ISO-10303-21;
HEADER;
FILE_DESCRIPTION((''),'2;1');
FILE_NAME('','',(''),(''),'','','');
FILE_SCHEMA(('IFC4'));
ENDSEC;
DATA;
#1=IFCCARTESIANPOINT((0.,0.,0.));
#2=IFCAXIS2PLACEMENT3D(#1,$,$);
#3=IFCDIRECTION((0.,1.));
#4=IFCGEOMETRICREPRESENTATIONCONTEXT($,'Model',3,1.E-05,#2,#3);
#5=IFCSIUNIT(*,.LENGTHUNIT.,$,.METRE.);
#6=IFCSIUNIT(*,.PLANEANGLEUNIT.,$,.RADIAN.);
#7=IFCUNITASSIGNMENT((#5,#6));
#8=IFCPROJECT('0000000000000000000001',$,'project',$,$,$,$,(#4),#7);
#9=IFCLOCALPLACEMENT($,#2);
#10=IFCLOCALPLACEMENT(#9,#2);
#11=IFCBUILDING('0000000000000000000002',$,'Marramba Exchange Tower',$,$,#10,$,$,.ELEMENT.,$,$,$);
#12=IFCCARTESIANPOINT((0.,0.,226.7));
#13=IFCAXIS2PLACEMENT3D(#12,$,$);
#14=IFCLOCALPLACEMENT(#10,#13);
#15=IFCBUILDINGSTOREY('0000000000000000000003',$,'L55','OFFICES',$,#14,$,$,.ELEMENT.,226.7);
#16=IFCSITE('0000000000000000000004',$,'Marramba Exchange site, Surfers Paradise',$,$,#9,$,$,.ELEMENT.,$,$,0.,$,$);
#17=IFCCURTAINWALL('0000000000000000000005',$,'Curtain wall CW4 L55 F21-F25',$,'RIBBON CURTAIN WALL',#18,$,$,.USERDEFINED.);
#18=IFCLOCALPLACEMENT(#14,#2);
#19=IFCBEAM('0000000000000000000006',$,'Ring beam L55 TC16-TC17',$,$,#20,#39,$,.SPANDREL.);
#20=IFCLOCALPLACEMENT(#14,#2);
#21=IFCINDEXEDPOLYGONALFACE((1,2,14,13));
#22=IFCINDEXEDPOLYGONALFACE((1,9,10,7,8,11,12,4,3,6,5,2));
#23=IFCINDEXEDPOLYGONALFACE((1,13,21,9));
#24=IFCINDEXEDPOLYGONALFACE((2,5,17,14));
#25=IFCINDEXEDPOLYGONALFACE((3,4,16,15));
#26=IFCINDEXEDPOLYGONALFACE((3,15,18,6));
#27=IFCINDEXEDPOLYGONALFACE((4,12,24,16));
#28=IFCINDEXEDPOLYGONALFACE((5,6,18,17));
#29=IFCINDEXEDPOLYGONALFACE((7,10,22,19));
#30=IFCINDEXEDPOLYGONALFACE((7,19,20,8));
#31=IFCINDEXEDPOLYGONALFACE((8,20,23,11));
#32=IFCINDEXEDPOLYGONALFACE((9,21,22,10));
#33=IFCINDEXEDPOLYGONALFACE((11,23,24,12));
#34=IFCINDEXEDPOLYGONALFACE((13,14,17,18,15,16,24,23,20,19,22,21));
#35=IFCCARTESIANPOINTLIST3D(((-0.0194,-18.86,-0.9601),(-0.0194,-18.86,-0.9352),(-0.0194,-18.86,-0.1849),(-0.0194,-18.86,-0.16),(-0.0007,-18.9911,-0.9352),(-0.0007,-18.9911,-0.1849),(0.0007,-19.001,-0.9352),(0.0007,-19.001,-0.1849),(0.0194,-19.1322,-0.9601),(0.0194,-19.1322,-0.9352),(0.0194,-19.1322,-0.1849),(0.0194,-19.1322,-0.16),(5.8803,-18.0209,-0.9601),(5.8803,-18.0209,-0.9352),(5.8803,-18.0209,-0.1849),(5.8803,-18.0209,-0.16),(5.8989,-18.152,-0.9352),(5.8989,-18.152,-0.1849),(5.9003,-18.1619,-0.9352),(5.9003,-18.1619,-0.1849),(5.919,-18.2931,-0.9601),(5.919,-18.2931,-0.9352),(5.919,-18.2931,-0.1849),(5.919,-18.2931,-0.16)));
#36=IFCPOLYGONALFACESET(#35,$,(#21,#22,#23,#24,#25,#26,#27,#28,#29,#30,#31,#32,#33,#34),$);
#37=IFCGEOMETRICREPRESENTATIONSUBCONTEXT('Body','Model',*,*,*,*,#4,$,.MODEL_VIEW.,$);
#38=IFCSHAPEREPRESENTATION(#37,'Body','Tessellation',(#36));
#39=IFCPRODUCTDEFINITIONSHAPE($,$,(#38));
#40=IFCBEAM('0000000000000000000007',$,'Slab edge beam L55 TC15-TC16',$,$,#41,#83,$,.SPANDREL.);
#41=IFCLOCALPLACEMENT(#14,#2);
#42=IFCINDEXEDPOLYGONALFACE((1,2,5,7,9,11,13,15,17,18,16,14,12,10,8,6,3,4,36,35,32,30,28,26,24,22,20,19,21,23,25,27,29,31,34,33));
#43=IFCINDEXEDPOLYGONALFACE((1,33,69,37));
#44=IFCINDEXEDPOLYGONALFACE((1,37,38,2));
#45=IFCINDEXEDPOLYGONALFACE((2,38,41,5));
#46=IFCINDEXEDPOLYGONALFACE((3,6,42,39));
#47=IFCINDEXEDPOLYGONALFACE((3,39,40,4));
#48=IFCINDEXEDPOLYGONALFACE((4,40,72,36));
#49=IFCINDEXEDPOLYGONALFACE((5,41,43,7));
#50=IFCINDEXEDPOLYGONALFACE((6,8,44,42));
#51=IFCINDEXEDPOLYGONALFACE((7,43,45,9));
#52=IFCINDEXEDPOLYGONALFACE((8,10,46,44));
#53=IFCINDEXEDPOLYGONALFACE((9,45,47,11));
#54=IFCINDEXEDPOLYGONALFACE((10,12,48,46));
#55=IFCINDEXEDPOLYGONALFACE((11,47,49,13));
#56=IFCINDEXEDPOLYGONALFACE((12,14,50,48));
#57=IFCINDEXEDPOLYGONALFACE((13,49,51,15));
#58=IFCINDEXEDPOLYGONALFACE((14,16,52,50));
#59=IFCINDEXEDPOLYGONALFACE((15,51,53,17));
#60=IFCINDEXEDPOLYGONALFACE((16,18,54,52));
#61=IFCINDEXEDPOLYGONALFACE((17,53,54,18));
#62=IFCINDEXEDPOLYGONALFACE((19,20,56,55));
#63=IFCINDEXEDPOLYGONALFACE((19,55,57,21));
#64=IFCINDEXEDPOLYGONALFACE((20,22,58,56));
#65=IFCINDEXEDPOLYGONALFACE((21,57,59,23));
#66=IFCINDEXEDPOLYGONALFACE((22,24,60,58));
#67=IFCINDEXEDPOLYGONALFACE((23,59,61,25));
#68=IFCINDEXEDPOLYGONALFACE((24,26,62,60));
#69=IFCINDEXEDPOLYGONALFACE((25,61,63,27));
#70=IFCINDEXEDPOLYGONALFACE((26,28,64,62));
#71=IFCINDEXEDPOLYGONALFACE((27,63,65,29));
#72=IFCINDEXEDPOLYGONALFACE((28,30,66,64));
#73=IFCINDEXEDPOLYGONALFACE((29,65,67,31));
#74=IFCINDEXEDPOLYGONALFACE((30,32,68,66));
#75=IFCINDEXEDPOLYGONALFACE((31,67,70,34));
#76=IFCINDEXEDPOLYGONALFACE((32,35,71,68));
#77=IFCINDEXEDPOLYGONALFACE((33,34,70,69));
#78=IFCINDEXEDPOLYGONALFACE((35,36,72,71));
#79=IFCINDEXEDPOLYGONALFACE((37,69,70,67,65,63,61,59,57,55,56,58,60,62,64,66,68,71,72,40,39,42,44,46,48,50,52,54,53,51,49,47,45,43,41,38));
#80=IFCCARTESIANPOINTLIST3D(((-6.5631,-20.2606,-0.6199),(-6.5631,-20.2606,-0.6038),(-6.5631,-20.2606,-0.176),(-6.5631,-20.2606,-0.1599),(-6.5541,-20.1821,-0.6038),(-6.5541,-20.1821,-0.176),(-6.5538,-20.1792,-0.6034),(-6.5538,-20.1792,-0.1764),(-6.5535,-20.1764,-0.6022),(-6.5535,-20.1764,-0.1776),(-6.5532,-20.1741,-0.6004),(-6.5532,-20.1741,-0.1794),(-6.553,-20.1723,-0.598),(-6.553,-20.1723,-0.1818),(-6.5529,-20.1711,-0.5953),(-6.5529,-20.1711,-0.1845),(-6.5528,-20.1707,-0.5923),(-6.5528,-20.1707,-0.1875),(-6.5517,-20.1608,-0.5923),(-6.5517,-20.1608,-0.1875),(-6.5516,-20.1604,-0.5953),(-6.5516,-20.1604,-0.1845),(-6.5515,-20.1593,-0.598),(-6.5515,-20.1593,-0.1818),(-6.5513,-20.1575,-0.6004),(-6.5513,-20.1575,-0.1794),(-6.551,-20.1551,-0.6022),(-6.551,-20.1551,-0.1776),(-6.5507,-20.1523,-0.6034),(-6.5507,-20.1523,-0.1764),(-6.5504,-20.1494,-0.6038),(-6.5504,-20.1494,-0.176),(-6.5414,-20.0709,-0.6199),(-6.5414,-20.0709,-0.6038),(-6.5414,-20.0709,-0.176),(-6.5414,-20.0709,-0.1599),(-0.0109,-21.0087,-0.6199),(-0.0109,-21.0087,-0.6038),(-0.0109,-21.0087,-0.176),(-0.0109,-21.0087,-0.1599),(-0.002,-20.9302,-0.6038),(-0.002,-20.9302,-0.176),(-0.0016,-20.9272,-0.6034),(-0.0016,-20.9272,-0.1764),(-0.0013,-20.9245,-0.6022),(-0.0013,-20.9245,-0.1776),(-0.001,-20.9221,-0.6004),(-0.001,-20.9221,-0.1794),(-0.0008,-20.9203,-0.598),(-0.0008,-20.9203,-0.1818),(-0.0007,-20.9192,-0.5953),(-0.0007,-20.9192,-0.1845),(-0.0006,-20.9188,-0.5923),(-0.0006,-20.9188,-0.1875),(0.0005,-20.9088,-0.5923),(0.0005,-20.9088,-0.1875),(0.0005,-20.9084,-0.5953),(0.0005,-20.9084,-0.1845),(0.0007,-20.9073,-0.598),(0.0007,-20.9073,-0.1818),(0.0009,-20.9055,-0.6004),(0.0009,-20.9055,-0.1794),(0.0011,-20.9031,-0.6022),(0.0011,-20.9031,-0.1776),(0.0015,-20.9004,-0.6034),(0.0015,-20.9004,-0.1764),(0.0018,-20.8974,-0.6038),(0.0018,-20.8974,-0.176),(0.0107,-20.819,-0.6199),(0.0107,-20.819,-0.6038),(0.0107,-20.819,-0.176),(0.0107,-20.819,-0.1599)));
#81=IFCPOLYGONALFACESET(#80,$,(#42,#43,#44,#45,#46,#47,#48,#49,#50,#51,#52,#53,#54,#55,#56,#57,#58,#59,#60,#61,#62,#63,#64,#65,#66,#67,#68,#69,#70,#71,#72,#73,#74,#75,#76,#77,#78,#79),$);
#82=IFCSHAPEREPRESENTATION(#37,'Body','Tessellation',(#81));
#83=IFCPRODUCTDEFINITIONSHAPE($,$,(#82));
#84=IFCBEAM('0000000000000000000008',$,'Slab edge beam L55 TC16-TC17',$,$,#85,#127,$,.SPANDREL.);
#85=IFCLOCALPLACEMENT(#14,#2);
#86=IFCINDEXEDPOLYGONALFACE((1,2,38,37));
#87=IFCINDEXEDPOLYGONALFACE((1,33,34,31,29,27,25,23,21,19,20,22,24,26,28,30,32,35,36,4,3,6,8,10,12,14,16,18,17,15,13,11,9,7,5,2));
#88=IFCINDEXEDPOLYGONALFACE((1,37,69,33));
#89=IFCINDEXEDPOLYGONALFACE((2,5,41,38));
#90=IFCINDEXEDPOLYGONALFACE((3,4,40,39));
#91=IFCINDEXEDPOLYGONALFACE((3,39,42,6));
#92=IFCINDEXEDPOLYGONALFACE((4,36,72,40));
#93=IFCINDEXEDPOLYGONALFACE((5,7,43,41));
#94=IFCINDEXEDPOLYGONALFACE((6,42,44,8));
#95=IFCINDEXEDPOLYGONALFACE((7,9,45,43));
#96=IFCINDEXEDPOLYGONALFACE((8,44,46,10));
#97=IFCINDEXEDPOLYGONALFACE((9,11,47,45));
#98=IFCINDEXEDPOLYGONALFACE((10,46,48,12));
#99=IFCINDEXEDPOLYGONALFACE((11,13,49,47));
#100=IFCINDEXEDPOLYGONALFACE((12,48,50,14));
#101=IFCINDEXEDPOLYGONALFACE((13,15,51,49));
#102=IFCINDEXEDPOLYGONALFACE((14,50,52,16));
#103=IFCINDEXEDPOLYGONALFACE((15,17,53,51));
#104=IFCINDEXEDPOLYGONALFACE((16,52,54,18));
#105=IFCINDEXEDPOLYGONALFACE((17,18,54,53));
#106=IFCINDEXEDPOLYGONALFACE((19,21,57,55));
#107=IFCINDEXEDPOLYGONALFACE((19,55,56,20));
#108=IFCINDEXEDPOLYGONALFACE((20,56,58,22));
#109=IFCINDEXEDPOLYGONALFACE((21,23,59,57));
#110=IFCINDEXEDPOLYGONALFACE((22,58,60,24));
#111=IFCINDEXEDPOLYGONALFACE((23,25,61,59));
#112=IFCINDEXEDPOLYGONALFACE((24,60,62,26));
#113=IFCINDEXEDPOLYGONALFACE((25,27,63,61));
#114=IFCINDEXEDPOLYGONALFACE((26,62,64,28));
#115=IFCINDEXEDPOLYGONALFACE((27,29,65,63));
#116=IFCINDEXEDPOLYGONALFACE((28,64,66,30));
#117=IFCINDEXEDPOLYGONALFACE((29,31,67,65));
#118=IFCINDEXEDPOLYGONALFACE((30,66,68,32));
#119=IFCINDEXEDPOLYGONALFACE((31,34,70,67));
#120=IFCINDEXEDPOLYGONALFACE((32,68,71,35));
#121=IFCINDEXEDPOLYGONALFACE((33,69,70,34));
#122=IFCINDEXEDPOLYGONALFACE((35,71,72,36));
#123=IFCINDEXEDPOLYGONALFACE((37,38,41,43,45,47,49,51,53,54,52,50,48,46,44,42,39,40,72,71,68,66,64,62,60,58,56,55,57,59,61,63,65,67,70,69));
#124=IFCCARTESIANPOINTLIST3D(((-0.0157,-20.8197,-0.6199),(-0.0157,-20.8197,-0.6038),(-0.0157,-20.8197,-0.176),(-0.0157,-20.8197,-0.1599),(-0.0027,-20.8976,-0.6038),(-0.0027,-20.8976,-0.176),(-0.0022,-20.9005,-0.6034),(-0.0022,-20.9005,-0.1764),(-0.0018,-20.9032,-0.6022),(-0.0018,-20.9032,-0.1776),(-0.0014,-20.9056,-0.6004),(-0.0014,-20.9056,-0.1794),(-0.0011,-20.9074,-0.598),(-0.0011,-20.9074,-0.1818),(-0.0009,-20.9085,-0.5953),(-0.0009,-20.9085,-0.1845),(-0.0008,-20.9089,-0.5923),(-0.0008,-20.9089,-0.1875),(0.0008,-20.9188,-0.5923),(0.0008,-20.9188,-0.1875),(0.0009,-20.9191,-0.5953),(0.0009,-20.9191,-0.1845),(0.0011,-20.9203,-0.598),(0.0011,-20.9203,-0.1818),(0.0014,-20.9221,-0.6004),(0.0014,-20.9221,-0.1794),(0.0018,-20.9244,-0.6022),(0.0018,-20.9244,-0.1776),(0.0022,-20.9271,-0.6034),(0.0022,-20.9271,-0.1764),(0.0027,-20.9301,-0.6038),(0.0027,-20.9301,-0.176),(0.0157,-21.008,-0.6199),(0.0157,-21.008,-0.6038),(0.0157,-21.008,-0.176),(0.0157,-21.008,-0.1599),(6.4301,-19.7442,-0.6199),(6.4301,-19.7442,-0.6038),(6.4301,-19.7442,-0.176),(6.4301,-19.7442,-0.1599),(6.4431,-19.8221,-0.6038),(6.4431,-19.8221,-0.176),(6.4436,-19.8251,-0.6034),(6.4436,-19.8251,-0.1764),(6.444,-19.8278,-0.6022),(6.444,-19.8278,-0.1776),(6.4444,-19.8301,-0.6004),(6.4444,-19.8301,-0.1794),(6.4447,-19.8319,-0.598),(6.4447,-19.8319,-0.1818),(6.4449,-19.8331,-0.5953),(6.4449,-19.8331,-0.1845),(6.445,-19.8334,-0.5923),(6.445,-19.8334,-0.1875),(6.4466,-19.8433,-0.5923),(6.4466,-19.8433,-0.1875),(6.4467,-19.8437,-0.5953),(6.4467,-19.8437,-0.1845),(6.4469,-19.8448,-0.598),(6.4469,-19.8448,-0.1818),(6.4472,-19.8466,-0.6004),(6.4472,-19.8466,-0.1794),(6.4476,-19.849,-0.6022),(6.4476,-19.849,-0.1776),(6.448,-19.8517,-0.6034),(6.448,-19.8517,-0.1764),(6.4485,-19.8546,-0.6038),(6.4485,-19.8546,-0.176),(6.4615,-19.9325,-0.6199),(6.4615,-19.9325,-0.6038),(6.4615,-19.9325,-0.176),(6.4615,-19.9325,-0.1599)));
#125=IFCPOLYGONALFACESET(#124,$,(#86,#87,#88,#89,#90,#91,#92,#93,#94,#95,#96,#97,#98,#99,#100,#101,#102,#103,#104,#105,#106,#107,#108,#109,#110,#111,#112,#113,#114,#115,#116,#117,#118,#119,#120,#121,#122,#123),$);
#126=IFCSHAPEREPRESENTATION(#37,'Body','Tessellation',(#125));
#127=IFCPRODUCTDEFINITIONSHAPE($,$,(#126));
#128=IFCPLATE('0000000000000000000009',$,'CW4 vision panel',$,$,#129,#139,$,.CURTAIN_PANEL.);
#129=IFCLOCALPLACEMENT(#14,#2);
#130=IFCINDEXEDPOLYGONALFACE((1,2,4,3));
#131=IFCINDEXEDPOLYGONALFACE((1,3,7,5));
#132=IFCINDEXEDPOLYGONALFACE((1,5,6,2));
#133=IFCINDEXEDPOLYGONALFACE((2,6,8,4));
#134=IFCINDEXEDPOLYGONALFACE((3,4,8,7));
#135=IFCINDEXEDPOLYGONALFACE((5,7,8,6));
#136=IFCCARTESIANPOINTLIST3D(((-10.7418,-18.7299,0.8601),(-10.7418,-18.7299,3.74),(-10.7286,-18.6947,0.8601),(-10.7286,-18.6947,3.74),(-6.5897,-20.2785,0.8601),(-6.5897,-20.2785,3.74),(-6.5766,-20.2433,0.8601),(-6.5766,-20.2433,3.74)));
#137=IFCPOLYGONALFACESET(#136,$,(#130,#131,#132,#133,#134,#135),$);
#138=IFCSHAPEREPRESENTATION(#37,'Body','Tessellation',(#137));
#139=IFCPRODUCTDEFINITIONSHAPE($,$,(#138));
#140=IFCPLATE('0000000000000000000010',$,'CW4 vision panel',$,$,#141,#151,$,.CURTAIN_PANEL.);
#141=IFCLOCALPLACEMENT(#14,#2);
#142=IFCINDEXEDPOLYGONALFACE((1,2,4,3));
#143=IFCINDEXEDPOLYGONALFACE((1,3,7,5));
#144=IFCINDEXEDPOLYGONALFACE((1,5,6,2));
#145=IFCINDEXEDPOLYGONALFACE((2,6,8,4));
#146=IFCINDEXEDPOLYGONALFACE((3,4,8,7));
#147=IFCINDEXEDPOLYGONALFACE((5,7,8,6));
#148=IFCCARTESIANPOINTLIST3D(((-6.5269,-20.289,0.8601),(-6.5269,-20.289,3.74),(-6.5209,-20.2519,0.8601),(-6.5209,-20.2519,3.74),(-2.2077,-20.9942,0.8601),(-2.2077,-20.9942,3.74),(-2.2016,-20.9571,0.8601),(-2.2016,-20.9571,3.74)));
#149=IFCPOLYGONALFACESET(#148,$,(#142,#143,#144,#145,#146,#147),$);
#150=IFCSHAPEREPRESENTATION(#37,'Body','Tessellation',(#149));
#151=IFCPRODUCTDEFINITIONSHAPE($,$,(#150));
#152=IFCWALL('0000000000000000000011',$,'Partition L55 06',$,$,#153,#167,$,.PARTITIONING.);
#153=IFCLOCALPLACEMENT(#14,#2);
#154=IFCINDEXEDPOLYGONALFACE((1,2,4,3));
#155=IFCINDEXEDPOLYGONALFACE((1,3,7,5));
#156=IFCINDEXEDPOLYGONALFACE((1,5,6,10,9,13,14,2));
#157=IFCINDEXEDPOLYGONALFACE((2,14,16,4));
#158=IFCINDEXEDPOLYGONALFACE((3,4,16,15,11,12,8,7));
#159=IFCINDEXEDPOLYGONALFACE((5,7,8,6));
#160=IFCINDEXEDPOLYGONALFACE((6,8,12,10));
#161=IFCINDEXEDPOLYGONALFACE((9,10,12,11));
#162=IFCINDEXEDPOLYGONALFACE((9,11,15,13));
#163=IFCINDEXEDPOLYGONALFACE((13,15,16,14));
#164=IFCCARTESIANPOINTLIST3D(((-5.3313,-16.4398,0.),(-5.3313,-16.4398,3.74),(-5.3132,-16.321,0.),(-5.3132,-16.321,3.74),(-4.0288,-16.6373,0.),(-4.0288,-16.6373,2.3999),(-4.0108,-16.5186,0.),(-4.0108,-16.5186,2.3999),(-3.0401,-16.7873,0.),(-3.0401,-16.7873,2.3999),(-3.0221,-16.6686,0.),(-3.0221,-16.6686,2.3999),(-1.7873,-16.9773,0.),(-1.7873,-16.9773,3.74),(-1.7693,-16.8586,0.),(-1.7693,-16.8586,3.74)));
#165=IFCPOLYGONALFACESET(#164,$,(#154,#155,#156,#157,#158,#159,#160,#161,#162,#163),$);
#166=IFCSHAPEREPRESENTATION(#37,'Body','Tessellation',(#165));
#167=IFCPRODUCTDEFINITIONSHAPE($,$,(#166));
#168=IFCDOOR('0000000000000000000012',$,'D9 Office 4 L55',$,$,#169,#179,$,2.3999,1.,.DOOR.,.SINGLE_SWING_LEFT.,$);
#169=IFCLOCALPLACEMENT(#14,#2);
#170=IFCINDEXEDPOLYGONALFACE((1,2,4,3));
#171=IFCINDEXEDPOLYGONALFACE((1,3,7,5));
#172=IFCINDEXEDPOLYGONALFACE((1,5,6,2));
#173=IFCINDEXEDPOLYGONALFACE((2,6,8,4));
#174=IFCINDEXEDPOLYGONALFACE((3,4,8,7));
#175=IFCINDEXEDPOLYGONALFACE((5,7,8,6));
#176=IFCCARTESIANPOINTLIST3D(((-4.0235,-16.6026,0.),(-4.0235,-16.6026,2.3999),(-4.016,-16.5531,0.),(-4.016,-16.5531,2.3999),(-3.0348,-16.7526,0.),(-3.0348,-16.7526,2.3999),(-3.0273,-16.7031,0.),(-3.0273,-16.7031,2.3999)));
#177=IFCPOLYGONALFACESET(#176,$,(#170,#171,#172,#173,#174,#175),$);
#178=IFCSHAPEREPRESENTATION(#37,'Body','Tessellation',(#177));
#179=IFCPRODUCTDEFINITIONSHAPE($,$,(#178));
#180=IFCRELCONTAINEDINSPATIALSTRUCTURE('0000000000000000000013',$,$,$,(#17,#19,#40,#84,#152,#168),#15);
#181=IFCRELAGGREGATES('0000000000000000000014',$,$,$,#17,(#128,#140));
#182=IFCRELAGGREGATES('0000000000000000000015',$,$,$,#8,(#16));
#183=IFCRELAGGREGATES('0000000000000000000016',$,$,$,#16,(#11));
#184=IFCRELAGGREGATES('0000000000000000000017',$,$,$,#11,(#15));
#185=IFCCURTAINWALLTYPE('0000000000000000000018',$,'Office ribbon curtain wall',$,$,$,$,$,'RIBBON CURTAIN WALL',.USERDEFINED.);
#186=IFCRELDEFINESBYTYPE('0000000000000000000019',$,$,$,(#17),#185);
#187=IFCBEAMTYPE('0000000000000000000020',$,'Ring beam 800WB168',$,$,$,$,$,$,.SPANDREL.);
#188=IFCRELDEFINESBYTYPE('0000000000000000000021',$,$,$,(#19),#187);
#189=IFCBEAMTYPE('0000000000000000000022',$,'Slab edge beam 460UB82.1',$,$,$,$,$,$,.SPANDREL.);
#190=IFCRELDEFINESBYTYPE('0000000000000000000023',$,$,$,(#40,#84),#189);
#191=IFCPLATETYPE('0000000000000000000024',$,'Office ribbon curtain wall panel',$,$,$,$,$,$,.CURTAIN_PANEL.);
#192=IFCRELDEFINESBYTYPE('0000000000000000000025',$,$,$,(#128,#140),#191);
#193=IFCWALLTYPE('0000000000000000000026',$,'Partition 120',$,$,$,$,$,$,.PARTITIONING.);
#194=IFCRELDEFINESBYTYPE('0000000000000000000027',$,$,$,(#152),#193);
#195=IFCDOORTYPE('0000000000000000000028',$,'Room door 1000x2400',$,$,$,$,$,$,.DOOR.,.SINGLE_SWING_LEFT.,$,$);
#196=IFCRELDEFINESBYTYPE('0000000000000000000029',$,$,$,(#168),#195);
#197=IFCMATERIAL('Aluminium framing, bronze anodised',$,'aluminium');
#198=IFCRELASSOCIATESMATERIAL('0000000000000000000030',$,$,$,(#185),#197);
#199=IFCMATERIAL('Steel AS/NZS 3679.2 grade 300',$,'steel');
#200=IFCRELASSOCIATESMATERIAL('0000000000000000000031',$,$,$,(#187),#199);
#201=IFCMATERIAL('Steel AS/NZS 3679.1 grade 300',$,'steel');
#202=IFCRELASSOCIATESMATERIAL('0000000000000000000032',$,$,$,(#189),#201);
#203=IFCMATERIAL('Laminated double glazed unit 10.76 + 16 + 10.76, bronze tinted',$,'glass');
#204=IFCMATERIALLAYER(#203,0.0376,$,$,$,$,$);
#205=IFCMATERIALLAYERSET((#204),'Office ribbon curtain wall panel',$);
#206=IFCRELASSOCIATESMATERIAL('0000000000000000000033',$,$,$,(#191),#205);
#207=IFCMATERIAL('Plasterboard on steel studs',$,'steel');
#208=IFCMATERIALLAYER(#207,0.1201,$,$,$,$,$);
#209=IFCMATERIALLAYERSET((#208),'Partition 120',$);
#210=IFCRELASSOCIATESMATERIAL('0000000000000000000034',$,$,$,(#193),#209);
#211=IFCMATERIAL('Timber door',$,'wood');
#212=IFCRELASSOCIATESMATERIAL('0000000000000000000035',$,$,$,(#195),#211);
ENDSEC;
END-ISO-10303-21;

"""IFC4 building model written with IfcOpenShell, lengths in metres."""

from ifc_helpers import new_model, si_unit, direction, frame, frame_2d, origin, origin_2d, place, context, subcontext, project, spatial, rectangle, i_section, extrude, material, layer, layer_set, material_profile, profile_set, type_object, element, fill, aggregate, save


model = new_model("IFC4")

# Units and contexts
model_context = context("Model", 3, precision=1e-05, world=origin(), true_north=direction((0.0, 1.0)))
body_context = subcontext(model_context, "Body", "Model", "MODEL_VIEW")
ifc_project = project(units=[si_unit("LENGTHUNIT", "METRE"), si_unit("PLANEANGLEUNIT", "RADIAN")], contexts=[model_context])

# Site, building, storey
site_placement = place(None, origin())
site = spatial("IfcSite", under=ifc_project, at=site_placement, Name="Marramba Exchange site, Surfers Paradise", CompositionType="ELEMENT", RefElevation=0.0)
building_placement = place(site_placement, origin())
building = spatial("IfcBuilding", under=site, at=building_placement, Name="Marramba Exchange Tower", CompositionType="ELEMENT")
storey_placement = place(building_placement, frame((0.0, 0.0, 226.7)))
storey = spatial("IfcBuildingStorey", under=building, at=storey_placement, Name="L55", Description="OFFICES", CompositionType="ELEMENT", Elevation=226.7)

# Shared definitions
ifc_material_1 = material(Name="Steel AS/NZS 3679.2 grade 300", Category="steel")

# Curtain wall
ifc_material_2 = material(Name="Aluminium framing, bronze anodised", Category="aluminium")
curtain_wall_type = type_object("IfcCurtainWallType", Name="Office ribbon curtain wall", ElementType="RIBBON CURTAIN WALL", PredefinedType="USERDEFINED", material=ifc_material_2)
curtain_wall_placement = place(storey_placement, origin())
curtain_wall = element("IfcCurtainWall", 1, at=curtain_wall_placement, inside=storey, type_object=curtain_wall_type, Name="Curtain wall CW4 L55 F21-F25", ObjectType="RIBBON CURTAIN WALL", PredefinedType="USERDEFINED")

# Beams
ifc_material_profile_1 = material_profile(ifc_material_1, i_section(OverallWidth=0.2749, OverallDepth=0.8, WebThickness=0.01, FlangeThickness=0.0249, at=origin_2d()), Name="800WB168")
ifc_profile_set_1 = profile_set([ifc_material_profile_1], Name="Steel AS/NZS 3679.2 grade 300")
beam_type_1 = type_object("IfcBeamType", Name="Ring beam 800WB168", PredefinedType="SPANDREL", material=ifc_profile_set_1)
for number, where, z_axis, x_axis, name in (
    (2, (0.0, -18.9961, -0.5601), (0.990036, 0.140813, 0.0), (-0.140813, 0.990036, 0.0), "Ring beam L55 TC16-TC17"),
):
    element("IfcBeam", number, at=place(storey_placement, frame(where, z_axis=z_axis, x_axis=x_axis)), inside=storey, type_object=beam_type_1, Name=name, PredefinedType="SPANDREL", context=body_context, shape_type="SweptSolid", body=[
        extrude(i_section(OverallWidth=0.2749, OverallDepth=0.8, WebThickness=0.01, FlangeThickness=0.0249, at=origin_2d()), origin(), (0.0, 0.0, 1.0), 5.959),
    ])
ifc_material_3 = material(Name="Steel AS/NZS 3679.1 grade 300", Category="steel")
ifc_material_profile_2 = material_profile(ifc_material_3, i_section(OverallWidth=0.1909, OverallDepth=0.46, WebThickness=0.01, FlangeThickness=0.0161, FilletRadius=0.0115, at=origin_2d()), Name="460UB82.1")
ifc_profile_set_2 = profile_set([ifc_material_profile_2], Name="Steel AS/NZS 3679.1 grade 300")
beam_type_2 = type_object("IfcBeamType", Name="Slab edge beam 460UB82.1", PredefinedType="SPANDREL", material=ifc_profile_set_2)
beam_1_placement = place(storey_placement, frame((-6.5522, -20.1658, -0.3899), z_axis=(0.993546, -0.11343, 0.0), x_axis=(0.11343, 0.993546, 0.0)))
element("IfcBeam", 3, at=beam_1_placement, inside=storey, type_object=beam_type_2, Name="Slab edge beam L55 TC15-TC16", PredefinedType="SPANDREL", context=body_context, shape_type="SweptSolid", body=[
    extrude(i_section(OverallWidth=0.1909, OverallDepth=0.46, WebThickness=0.01, FlangeThickness=0.0161, FilletRadius=0.0115, at=origin_2d()), origin(), (0.0, 0.0, 1.0), 6.5947),
])
beam_2_placement = place(storey_placement, frame((0.0, -20.9138, -0.3899), z_axis=(0.986366, 0.164569, 0.0), x_axis=(-0.164569, 0.986366, 0.0)))
element("IfcBeam", 4, at=beam_2_placement, inside=storey, type_object=beam_type_2, Name="Slab edge beam L55 TC16-TC17", PredefinedType="SPANDREL", context=body_context, shape_type="SweptSolid", body=[
    extrude(i_section(OverallWidth=0.1909, OverallDepth=0.46, WebThickness=0.01, FlangeThickness=0.0161, FilletRadius=0.0115, at=origin_2d()), origin(), (0.0, 0.0, 1.0), 6.5349),
])

# Plates
ifc_material_4 = material(Name="Laminated double glazed unit 10.76 + 16 + 10.76, bronze tinted", Category="glass")
ifc_layer_1 = layer(ifc_material_4, 0.0376)
ifc_layer_set_1 = layer_set([ifc_layer_1], Name="Office ribbon curtain wall panel")
plate_type = type_object("IfcPlateType", Name="Office ribbon curtain wall panel", PredefinedType="CURTAIN_PANEL", material=ifc_layer_set_1)
plate_1_placement = place(storey_placement, frame((-8.6592, -19.4866, 0.8601), z_axis=(0.0, 0.0, 1.0), x_axis=(0.936952, -0.349459, 0.0)))
plate_1 = element("IfcPlate", 5, at=plate_1_placement, type_object=plate_type, Name="CW4 vision panel", PredefinedType="CURTAIN_PANEL", context=body_context, shape_type="SweptSolid", body=[
    extrude(rectangle(XDim=4.4314, YDim=0.0376, at=origin_2d()), origin(), (0.0, 0.0, 1.0), 2.8799),
])
plate_2_placement = place(storey_placement, frame((-4.3643, -20.623, 0.8601), z_axis=(0.0, 0.0, 1.0), x_axis=(0.986931, -0.161146, 0.0)))
plate_2 = element("IfcPlate", 6, at=plate_2_placement, type_object=plate_type, Name="CW4 vision panel", PredefinedType="CURTAIN_PANEL", context=body_context, shape_type="SweptSolid", body=[
    extrude(rectangle(XDim=4.3765, YDim=0.0376, at=origin_2d()), origin(), (0.0, 0.0, 1.0), 2.8799),
])
aggregate(curtain_wall, [plate_1, plate_2])

# Wall, opening, door
ifc_material_5 = material(Name="Plasterboard on steel studs", Category="steel")
ifc_layer_2 = layer(ifc_material_5, 0.1201)
ifc_layer_set_2 = layer_set([ifc_layer_2], Name="Partition 120")
wall_type = type_object("IfcWallType", Name="Partition 120", PredefinedType="PARTITIONING", material=ifc_layer_set_2)
wall_1_placement = place(storey_placement, frame((-1.7783, -16.918, 0.0), z_axis=(0.0, 0.0, 1.0), x_axis=(-0.988689, 0.149979, 0.0)))
wall_1 = element("IfcWall", 7, at=wall_1_placement, inside=storey, type_object=wall_type, Name="Partition L55 06", PredefinedType="PARTITIONING", context=body_context, shape_type="SweptSolid", body=[
    extrude(rectangle(XDim=3.5845, YDim=0.1201, at=frame_2d((1.7922, 0.0))), origin(), (0.0, 0.0, 1.0), 3.74),
])
opening_placement = place(wall_1_placement, frame((1.2671, 0.0, 0.0)))
opening = element("IfcOpeningElement", 8, at=opening_placement, cuts=wall_1, PredefinedType="OPENING", context=body_context, shape_type="SweptSolid", body=[
    extrude(rectangle(XDim=1.0, YDim=2.3999, at=frame_2d((0.5, 1.2))), frame((0.0, 0.0701, 0.0), z_axis=(0.0, -1.0, 0.0), x_axis=(1.0, 0.0, 0.0)), (0.0, 0.0, 1.0), 0.1401),
])
ifc_material_6 = material(Name="Timber door", Category="wood")
door_type = type_object("IfcDoorType", Name="Room door 1000x2400", OperationType="SINGLE_SWING_LEFT", PredefinedType="DOOR", material=ifc_material_6)
door_placement = place(opening_placement, origin())
door = element("IfcDoor", 9, at=door_placement, inside=storey, type_object=door_type, Name="D9 Office 4 L55", OperationType="SINGLE_SWING_LEFT", OverallHeight=2.3999, OverallWidth=1.0, PredefinedType="DOOR", context=body_context, shape_type="SweptSolid", body=[
    extrude(rectangle(XDim=1.0, YDim=2.3999, at=frame_2d((0.5, 1.2))), frame((0.0, 0.0249, 0.0), z_axis=(0.0, -1.0, 0.0), x_axis=(1.0, 0.0, 0.0)), (0.0, 0.0, 1.0), 0.05),
])
fill(opening, door)

save(model, "model.ifc")
